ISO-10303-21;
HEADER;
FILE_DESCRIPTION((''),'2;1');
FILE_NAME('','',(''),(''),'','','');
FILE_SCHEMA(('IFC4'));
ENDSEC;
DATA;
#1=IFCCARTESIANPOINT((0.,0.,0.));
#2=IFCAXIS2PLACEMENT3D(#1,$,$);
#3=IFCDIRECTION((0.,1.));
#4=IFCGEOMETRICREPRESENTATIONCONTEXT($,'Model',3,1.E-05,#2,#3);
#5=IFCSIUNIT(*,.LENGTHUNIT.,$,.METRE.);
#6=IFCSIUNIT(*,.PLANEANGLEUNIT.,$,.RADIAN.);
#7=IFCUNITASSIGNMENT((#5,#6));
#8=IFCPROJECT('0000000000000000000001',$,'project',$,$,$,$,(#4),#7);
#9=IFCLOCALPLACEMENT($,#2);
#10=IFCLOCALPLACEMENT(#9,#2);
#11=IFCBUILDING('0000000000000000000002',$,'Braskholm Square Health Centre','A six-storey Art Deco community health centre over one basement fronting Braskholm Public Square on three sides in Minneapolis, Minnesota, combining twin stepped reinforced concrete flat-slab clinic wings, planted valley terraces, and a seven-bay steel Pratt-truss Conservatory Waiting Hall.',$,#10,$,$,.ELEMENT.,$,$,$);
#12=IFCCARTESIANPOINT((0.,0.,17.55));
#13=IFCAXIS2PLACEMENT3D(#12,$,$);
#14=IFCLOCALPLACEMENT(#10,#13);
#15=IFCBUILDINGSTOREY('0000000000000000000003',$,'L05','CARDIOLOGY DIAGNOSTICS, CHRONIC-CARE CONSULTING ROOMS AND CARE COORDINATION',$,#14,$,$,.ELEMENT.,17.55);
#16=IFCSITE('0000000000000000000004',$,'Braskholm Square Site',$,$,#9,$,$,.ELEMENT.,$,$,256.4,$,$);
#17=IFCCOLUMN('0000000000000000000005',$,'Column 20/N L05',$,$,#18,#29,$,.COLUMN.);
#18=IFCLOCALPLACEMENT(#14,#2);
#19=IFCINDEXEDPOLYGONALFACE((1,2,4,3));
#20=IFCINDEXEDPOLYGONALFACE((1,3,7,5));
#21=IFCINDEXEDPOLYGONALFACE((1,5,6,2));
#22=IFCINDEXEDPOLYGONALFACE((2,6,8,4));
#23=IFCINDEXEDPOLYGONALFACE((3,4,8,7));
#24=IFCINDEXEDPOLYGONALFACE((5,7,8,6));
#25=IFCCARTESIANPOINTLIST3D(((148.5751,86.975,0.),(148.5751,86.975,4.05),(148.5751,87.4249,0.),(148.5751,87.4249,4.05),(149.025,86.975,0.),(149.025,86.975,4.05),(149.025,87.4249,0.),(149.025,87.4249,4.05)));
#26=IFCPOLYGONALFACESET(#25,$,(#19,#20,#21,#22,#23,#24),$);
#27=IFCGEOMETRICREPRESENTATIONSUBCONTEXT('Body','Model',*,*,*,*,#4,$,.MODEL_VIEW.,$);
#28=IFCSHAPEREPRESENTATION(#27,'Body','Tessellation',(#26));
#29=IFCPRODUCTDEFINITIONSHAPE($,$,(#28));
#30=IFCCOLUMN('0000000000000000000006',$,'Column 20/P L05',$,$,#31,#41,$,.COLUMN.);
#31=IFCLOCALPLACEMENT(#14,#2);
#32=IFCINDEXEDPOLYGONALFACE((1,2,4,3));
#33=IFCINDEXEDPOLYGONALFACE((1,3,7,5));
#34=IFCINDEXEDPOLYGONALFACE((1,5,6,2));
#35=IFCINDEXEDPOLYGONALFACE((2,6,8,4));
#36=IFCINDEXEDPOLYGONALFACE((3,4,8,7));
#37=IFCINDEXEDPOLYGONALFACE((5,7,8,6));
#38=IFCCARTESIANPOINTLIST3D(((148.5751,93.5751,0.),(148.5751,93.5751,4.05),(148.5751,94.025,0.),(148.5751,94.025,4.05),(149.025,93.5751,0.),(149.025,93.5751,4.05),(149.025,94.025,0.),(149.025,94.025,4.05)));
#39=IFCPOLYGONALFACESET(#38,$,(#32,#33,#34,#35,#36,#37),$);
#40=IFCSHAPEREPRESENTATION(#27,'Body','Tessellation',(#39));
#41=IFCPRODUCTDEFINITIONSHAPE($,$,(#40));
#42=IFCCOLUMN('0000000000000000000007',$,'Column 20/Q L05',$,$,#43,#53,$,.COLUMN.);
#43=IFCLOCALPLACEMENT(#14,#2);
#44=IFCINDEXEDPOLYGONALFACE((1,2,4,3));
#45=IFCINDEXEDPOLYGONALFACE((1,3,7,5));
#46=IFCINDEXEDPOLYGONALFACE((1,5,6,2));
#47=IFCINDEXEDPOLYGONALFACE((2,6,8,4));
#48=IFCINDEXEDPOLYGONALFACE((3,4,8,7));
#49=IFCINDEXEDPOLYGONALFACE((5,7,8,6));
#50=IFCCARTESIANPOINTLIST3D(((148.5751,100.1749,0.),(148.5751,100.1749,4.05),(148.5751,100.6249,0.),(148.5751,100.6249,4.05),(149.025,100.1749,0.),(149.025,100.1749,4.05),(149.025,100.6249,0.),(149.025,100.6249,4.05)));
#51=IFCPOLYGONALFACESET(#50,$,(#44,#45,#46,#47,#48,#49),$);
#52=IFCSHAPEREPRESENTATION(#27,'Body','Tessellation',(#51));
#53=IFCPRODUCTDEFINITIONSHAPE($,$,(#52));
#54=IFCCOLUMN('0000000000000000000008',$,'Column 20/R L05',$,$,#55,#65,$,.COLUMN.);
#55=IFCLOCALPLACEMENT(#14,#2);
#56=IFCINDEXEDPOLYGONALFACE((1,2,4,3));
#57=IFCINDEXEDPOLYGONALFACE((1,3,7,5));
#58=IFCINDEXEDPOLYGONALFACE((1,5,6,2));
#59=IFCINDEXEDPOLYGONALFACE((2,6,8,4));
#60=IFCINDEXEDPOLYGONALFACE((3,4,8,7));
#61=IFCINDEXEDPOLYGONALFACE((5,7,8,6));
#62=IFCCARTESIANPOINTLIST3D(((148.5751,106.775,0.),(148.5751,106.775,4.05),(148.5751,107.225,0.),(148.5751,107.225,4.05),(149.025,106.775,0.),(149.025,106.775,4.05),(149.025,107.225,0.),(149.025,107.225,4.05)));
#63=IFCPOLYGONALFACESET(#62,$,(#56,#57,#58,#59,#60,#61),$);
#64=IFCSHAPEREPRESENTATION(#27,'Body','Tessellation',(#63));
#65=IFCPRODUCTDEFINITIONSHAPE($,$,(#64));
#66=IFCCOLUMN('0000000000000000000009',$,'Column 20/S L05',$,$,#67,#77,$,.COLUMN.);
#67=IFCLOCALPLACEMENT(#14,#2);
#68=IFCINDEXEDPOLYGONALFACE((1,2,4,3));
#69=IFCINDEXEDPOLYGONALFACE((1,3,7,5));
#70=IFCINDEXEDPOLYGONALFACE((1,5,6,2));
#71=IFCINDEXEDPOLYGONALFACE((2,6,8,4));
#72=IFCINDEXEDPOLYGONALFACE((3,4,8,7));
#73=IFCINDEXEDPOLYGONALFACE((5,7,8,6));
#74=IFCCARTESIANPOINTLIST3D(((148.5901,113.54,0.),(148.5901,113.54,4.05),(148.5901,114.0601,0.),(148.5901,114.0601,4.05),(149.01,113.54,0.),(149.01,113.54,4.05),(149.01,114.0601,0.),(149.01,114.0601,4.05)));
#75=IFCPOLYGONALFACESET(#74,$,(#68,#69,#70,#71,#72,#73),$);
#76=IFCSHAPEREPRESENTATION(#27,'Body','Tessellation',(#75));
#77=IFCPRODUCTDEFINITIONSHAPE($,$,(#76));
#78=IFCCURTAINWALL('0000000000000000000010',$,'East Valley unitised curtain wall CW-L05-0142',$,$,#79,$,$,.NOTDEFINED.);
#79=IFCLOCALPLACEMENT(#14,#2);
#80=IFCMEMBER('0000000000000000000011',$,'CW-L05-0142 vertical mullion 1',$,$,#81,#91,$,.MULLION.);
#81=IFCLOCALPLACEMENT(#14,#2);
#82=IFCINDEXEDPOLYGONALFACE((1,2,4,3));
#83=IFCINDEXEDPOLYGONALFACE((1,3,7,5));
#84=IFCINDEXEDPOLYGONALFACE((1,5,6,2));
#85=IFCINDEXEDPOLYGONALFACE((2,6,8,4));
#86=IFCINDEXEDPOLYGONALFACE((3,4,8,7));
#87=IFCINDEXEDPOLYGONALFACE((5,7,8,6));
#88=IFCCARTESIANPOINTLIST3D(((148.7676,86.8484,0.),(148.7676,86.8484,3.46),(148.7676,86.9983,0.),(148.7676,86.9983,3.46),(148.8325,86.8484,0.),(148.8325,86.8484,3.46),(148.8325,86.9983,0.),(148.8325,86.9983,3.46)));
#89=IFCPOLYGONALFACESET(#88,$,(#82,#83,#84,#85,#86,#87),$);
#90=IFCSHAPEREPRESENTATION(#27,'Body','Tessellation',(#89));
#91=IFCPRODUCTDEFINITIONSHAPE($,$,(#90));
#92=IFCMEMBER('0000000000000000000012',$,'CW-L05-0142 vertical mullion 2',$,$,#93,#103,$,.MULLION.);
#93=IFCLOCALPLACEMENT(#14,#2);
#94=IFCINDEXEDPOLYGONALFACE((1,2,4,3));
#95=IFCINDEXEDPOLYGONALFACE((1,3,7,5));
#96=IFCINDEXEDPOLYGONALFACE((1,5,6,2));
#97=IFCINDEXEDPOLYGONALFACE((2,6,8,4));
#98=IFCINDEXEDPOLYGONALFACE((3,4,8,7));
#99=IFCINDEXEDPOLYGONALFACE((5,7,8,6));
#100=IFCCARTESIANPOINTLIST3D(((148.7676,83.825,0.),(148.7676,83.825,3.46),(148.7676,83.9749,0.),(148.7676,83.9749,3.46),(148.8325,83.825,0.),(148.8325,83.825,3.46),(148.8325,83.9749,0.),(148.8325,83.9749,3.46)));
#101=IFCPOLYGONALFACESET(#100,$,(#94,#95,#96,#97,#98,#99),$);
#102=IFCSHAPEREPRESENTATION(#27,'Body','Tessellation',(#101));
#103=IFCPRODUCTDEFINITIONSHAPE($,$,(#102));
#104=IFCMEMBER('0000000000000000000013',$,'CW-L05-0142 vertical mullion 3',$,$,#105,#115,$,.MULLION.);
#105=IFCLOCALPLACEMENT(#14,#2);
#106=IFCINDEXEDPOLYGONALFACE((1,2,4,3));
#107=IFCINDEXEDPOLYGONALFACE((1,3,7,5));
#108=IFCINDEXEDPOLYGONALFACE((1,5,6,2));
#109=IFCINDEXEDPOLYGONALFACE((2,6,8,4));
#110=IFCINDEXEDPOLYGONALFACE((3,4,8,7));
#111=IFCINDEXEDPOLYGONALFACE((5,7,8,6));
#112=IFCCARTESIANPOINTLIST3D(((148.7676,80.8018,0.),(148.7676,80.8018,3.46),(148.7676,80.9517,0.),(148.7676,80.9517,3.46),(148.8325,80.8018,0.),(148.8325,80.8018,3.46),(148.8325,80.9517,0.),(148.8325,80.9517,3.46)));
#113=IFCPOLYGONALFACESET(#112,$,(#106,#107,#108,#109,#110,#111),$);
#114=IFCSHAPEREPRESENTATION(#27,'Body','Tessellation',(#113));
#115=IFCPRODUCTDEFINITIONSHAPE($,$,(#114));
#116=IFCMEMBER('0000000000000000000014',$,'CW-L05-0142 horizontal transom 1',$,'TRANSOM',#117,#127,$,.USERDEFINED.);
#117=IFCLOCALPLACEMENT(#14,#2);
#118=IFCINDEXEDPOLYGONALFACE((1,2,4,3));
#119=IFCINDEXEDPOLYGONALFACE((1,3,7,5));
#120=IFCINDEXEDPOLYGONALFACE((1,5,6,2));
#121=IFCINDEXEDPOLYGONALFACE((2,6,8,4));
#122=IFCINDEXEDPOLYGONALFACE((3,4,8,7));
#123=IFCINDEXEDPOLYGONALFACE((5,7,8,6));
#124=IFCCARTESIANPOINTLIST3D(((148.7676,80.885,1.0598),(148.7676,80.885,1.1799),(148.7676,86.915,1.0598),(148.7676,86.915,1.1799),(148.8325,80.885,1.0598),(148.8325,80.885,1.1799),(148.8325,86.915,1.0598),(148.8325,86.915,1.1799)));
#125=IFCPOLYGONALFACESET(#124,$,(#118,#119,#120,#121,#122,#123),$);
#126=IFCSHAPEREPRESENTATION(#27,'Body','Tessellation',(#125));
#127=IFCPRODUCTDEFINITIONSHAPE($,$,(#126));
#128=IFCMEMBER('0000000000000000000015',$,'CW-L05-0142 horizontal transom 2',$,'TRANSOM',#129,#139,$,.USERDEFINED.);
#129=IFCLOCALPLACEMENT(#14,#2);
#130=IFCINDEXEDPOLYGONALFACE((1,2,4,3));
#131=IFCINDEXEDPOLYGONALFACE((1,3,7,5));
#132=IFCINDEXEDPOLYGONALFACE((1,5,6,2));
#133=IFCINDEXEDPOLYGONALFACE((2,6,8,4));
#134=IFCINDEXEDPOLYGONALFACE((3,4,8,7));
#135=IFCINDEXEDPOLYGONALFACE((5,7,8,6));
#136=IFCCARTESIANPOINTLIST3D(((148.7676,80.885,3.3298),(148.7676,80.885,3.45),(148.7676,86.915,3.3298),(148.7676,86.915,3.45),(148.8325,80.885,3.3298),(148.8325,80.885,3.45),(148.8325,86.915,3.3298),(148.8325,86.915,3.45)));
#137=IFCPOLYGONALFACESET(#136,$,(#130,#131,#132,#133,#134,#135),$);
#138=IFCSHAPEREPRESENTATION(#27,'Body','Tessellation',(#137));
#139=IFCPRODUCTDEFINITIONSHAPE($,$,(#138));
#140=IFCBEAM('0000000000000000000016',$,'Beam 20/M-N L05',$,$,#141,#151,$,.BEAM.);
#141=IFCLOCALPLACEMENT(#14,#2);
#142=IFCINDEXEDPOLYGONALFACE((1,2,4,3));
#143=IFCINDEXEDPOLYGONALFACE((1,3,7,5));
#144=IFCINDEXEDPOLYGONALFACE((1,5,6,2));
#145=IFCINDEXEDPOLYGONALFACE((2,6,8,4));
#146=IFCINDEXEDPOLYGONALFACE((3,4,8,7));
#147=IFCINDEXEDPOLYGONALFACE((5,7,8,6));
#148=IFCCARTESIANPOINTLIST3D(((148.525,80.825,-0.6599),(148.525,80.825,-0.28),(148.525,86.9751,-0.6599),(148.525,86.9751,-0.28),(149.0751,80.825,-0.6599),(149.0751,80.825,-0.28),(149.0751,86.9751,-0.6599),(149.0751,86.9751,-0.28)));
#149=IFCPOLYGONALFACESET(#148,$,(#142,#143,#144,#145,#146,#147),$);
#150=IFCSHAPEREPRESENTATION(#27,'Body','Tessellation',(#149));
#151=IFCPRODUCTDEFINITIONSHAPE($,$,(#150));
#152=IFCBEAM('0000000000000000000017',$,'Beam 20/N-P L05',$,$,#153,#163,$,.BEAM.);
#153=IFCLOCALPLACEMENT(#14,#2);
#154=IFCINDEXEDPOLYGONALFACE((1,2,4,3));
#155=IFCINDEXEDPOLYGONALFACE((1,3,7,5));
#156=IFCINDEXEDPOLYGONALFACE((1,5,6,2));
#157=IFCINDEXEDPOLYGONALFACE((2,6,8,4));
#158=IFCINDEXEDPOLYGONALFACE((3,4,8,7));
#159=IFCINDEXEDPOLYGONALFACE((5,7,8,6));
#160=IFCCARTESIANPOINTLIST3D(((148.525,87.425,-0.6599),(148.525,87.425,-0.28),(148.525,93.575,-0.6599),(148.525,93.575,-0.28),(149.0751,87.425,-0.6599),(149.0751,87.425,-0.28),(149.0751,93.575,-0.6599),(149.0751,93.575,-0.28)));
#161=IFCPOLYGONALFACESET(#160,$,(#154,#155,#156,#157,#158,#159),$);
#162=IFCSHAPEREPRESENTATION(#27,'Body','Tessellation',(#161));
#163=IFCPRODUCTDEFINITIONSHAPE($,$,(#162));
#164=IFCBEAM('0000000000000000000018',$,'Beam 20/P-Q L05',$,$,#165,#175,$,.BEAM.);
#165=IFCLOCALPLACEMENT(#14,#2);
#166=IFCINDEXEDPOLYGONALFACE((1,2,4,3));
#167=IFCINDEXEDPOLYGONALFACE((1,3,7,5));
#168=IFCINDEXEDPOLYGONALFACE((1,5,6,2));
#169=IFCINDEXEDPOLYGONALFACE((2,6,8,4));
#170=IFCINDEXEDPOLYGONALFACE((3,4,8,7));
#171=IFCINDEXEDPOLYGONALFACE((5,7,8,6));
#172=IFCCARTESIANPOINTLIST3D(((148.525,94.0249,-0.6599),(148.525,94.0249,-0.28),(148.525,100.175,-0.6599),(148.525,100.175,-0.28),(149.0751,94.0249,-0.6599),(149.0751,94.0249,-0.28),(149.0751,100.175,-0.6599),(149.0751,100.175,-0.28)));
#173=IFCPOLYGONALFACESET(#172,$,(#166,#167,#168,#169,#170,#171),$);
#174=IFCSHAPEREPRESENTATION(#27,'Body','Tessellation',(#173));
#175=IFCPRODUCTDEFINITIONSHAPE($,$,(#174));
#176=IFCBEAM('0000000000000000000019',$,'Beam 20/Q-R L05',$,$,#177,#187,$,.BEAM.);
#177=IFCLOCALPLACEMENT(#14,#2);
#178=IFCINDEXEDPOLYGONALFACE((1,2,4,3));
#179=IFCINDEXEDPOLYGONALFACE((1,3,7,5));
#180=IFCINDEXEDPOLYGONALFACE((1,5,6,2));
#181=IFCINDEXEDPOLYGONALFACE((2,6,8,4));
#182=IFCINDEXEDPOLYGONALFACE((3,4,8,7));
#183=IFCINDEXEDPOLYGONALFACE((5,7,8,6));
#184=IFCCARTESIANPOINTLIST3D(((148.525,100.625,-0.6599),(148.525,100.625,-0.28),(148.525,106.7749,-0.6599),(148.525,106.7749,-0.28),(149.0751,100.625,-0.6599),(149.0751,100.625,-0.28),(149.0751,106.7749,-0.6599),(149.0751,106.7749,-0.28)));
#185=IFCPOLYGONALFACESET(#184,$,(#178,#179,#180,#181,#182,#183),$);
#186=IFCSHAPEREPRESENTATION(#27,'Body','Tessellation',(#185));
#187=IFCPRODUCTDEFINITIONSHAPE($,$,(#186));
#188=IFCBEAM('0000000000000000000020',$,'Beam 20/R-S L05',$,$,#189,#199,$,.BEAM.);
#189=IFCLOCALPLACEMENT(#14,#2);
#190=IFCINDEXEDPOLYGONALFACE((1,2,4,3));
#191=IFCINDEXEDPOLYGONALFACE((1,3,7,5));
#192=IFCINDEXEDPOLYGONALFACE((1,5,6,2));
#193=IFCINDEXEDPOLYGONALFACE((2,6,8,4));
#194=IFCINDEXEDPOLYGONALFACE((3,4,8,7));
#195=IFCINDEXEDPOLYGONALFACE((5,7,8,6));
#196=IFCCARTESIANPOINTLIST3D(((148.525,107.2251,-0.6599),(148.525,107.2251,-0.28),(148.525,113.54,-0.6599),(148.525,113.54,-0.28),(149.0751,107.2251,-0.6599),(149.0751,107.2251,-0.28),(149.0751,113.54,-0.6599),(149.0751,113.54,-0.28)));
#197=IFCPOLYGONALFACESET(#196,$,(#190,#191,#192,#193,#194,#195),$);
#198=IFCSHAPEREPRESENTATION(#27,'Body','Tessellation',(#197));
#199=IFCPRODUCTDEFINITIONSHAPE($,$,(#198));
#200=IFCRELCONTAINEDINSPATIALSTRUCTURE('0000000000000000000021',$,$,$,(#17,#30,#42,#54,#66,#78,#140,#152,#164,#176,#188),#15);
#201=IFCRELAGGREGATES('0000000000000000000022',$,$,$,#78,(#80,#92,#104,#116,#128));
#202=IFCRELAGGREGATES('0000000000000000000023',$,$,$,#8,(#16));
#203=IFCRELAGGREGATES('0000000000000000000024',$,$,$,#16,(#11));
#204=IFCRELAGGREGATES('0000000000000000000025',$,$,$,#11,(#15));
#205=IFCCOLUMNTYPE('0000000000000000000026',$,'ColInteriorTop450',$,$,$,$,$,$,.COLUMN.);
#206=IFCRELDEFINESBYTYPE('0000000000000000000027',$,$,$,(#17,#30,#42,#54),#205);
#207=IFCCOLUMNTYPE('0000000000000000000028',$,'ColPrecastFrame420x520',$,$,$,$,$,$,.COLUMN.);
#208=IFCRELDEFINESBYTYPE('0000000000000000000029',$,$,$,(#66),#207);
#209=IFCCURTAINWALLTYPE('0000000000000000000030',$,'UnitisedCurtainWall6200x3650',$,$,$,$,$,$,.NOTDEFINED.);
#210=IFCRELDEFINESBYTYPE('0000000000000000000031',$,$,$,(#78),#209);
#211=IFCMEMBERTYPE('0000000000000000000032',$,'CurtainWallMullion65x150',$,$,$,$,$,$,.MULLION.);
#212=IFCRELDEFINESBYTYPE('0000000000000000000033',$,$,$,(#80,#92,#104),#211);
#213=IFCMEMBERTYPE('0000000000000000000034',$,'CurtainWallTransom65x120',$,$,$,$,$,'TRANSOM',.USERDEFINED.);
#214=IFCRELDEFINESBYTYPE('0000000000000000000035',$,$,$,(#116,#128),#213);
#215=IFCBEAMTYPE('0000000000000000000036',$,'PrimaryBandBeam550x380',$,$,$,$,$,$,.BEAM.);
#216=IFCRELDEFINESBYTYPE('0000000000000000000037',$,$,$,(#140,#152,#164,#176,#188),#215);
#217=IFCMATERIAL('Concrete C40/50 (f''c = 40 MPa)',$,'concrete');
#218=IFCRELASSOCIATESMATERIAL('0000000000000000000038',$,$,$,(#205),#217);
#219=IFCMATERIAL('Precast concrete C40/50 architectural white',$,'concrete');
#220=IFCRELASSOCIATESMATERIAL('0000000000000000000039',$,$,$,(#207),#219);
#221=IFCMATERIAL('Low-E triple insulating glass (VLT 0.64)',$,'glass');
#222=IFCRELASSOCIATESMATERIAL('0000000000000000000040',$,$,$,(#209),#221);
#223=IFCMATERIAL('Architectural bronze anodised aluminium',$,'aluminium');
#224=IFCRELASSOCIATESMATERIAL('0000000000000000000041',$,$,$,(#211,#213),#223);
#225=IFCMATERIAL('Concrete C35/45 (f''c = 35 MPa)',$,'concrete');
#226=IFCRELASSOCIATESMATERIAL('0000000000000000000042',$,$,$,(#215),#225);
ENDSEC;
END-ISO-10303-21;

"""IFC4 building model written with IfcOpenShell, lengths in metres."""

from ifc_helpers import new_model, si_unit, direction, frame, origin, origin_2d, place, context, subcontext, project, spatial, rectangle, extrude, material, material_profile, profile_set, type_object, element, aggregate, save


model = new_model("IFC4")

# Units and contexts
model_context = context("Model", 3, precision=1e-05, world=origin(), true_north=direction((0.0, 1.0)))
body_context = subcontext(model_context, "Body", "Model", "MODEL_VIEW")
ifc_project = project(units=[si_unit("LENGTHUNIT", "METRE"), si_unit("PLANEANGLEUNIT", "RADIAN")], contexts=[model_context])

# Site, building, storey
site_placement = place(None, origin())
site = spatial("IfcSite", under=ifc_project, at=site_placement, Name="Braskholm Square Site", CompositionType="ELEMENT", RefElevation=256.4)
building_placement = place(site_placement, origin())
building = spatial("IfcBuilding", under=site, at=building_placement, Name="Braskholm Square Health Centre", Description="A six-storey Art Deco community health centre over one basement fronting Braskholm Public Square on three sides in Minneapolis, Minnesota, combining twin stepped reinforced concrete flat-slab clinic wings, planted valley terraces, and a seven-bay steel Pratt-truss Conservatory Waiting Hall.", CompositionType="ELEMENT")
storey_placement = place(building_placement, frame((0.0, 0.0, 17.55)))
storey = spatial("IfcBuildingStorey", under=building, at=storey_placement, Name="L05", Description="CARDIOLOGY DIAGNOSTICS, CHRONIC-CARE CONSULTING ROOMS AND CARE COORDINATION", CompositionType="ELEMENT", Elevation=17.55)

# Columns
ifc_material_1 = material(Name="Concrete C40/50 (f'c = 40 MPa)", Category="concrete")
ifc_material_profile_1 = material_profile(ifc_material_1, rectangle(XDim=0.45, YDim=0.45, at=origin_2d()), Name="RC-450X450")
ifc_profile_set_1 = profile_set([ifc_material_profile_1], Name="Concrete C40/50 (f'c = 40 MPa)")
column_type_1 = type_object("IfcColumnType", Name="ColInteriorTop450", PredefinedType="COLUMN", material=ifc_profile_set_1)
for number, where, z_axis, x_axis, name in (
    (1, (148.8, 87.2, 0.0), (0.0, 0.0, 1.0), (1.0, 0.0, 0.0), "Column 20/N L05"),
    (2, (148.8, 93.8, 0.0), (0.0, 0.0, 1.0), (1.0, 0.0, 0.0), "Column 20/P L05"),
    (3, (148.8, 100.3999, 0.0), (0.0, 0.0, 1.0), (1.0, 0.0, 0.0), "Column 20/Q L05"),
    (4, (148.8, 107.0, 0.0), (0.0, 0.0, 1.0), (1.0, 0.0, 0.0), "Column 20/R L05"),
):
    element("IfcColumn", number, at=place(storey_placement, frame(where, z_axis=z_axis, x_axis=x_axis)), inside=storey, type_object=column_type_1, Name=name, PredefinedType="COLUMN", context=body_context, shape_type="SweptSolid", body=[
        extrude(rectangle(XDim=0.45, YDim=0.45, at=origin_2d()), origin(), (0.0, 0.0, 1.0), 4.05),
    ])
ifc_material_2 = material(Name="Precast concrete C40/50 architectural white", Category="concrete")
ifc_material_profile_2 = material_profile(ifc_material_2, rectangle(XDim=0.4199, YDim=0.52, at=origin_2d()), Name="RC-420X520")
ifc_profile_set_2 = profile_set([ifc_material_profile_2], Name="Precast concrete C40/50 architectural white")
column_type_2 = type_object("IfcColumnType", Name="ColPrecastFrame420x520", PredefinedType="COLUMN", material=ifc_profile_set_2)
column_placement = place(storey_placement, frame((148.8, 113.8, 0.0), z_axis=(0.0, 0.0, 1.0), x_axis=(1.0, 0.0, 0.0)))
element("IfcColumn", 5, at=column_placement, inside=storey, type_object=column_type_2, Name="Column 20/S L05", PredefinedType="COLUMN", context=body_context, shape_type="SweptSolid", body=[
    extrude(rectangle(XDim=0.4199, YDim=0.52, at=origin_2d()), origin(), (0.0, 0.0, 1.0), 4.05),
])

# Curtain wall, members
ifc_material_3 = material(Name="Low-E triple insulating glass (VLT 0.64)", Category="glass")
curtain_wall_type = type_object("IfcCurtainWallType", Name="UnitisedCurtainWall6200x3650", PredefinedType="NOTDEFINED", material=ifc_material_3)
curtain_wall_placement = place(storey_placement, origin())
curtain_wall = element("IfcCurtainWall", 6, at=curtain_wall_placement, inside=storey, type_object=curtain_wall_type, Name="East Valley unitised curtain wall CW-L05-0142", PredefinedType="NOTDEFINED")
ifc_material_4 = material(Name="Architectural bronze anodised aluminium", Category="aluminium")
ifc_material_profile_3 = material_profile(ifc_material_4, rectangle(XDim=0.0649, YDim=0.1499, at=origin_2d()), Name="ALU-65X150")
ifc_profile_set_3 = profile_set([ifc_material_profile_3], Name="Architectural bronze anodised aluminium")
member_type_1 = type_object("IfcMemberType", Name="CurtainWallMullion65x150", PredefinedType="MULLION", material=ifc_profile_set_3)
member_1_placement = place(storey_placement, frame((148.8, 86.9233, 0.0), z_axis=(0.0, 0.0, 1.0), x_axis=(1.0, 0.0, 0.0)))
member_1 = element("IfcMember", 7, at=member_1_placement, type_object=member_type_1, Name="CW-L05-0142 vertical mullion 1", PredefinedType="MULLION", context=body_context, shape_type="SweptSolid", body=[
    extrude(rectangle(XDim=0.0649, YDim=0.1499, at=origin_2d()), origin(), (0.0, 0.0, 1.0), 3.46),
])
member_2_placement = place(storey_placement, frame((148.8, 83.8999, 0.0), z_axis=(0.0, 0.0, 1.0), x_axis=(1.0, 0.0, 0.0)))
member_2 = element("IfcMember", 8, at=member_2_placement, type_object=member_type_1, Name="CW-L05-0142 vertical mullion 2", PredefinedType="MULLION", context=body_context, shape_type="SweptSolid", body=[
    extrude(rectangle(XDim=0.0649, YDim=0.1499, at=origin_2d()), origin(), (0.0, 0.0, 1.0), 3.46),
])
member_3_placement = place(storey_placement, frame((148.8, 80.8767, 0.0), z_axis=(0.0, 0.0, 1.0), x_axis=(1.0, 0.0, 0.0)))
member_3 = element("IfcMember", 9, at=member_3_placement, type_object=member_type_1, Name="CW-L05-0142 vertical mullion 3", PredefinedType="MULLION", context=body_context, shape_type="SweptSolid", body=[
    extrude(rectangle(XDim=0.0649, YDim=0.1499, at=origin_2d()), origin(), (0.0, 0.0, 1.0), 3.46),
])
ifc_material_profile_4 = material_profile(ifc_material_4, rectangle(XDim=0.0649, YDim=0.1201, at=origin_2d()), Name="ALU-65X120")
ifc_profile_set_4 = profile_set([ifc_material_profile_4], Name="Architectural bronze anodised aluminium")
member_type_2 = type_object("IfcMemberType", Name="CurtainWallTransom65x120", ElementType="TRANSOM", PredefinedType="USERDEFINED", material=ifc_profile_set_4)
member_4_placement = place(storey_placement, frame((148.8, 86.915, 1.1199), z_axis=(0.0, -1.0, 0.0), x_axis=(1.0, 0.0, 0.0)))
member_4 = element("IfcMember", 10, at=member_4_placement, type_object=member_type_2, Name="CW-L05-0142 horizontal transom 1", ObjectType="TRANSOM", PredefinedType="USERDEFINED", context=body_context, shape_type="SweptSolid", body=[
    extrude(rectangle(XDim=0.0649, YDim=0.1201, at=origin_2d()), origin(), (0.0, 0.0, 1.0), 6.03),
])
member_5_placement = place(storey_placement, frame((148.8, 86.915, 3.3899), z_axis=(0.0, -1.0, 0.0), x_axis=(1.0, 0.0, 0.0)))
member_5 = element("IfcMember", 11, at=member_5_placement, type_object=member_type_2, Name="CW-L05-0142 horizontal transom 2", ObjectType="TRANSOM", PredefinedType="USERDEFINED", context=body_context, shape_type="SweptSolid", body=[
    extrude(rectangle(XDim=0.0649, YDim=0.1201, at=origin_2d()), origin(), (0.0, 0.0, 1.0), 6.03),
])

# Beams
ifc_material_5 = material(Name="Concrete C35/45 (f'c = 35 MPa)", Category="concrete")
ifc_material_profile_5 = material_profile(ifc_material_5, rectangle(XDim=0.55, YDim=0.3799, at=origin_2d()), Name="RCB-550X380")
ifc_profile_set_5 = profile_set([ifc_material_profile_5], Name="Concrete C35/45 (f'c = 35 MPa)")
beam_type = type_object("IfcBeamType", Name="PrimaryBandBeam550x380", PredefinedType="BEAM", material=ifc_profile_set_5)
beam_1_placement = place(storey_placement, frame((148.8, 80.825, -0.47), z_axis=(0.0, 1.0, 0.0), x_axis=(-1.0, 0.0, 0.0)))
element("IfcBeam", 12, at=beam_1_placement, inside=storey, type_object=beam_type, Name="Beam 20/M-N L05", PredefinedType="BEAM", context=body_context, shape_type="SweptSolid", body=[
    extrude(rectangle(XDim=0.55, YDim=0.3799, at=origin_2d()), origin(), (0.0, 0.0, 1.0), 6.1501),
])
beam_2_placement = place(storey_placement, frame((148.8, 87.425, -0.47), z_axis=(0.0, 1.0, 0.0), x_axis=(-1.0, 0.0, 0.0)))
element("IfcBeam", 13, at=beam_2_placement, inside=storey, type_object=beam_type, Name="Beam 20/N-P L05", PredefinedType="BEAM", context=body_context, shape_type="SweptSolid", body=[
    extrude(rectangle(XDim=0.55, YDim=0.3799, at=origin_2d()), origin(), (0.0, 0.0, 1.0), 6.1499),
])
beam_3_placement = place(storey_placement, frame((148.8, 94.0249, -0.47), z_axis=(0.0, 1.0, 0.0), x_axis=(-1.0, 0.0, 0.0)))
element("IfcBeam", 14, at=beam_3_placement, inside=storey, type_object=beam_type, Name="Beam 20/P-Q L05", PredefinedType="BEAM", context=body_context, shape_type="SweptSolid", body=[
    extrude(rectangle(XDim=0.55, YDim=0.3799, at=origin_2d()), origin(), (0.0, 0.0, 1.0), 6.1501),
])
beam_4_placement = place(storey_placement, frame((148.8, 100.625, -0.47), z_axis=(0.0, 1.0, 0.0), x_axis=(-1.0, 0.0, 0.0)))
element("IfcBeam", 15, at=beam_4_placement, inside=storey, type_object=beam_type, Name="Beam 20/Q-R L05", PredefinedType="BEAM", context=body_context, shape_type="SweptSolid", body=[
    extrude(rectangle(XDim=0.55, YDim=0.3799, at=origin_2d()), origin(), (0.0, 0.0, 1.0), 6.1499),
])
beam_5_placement = place(storey_placement, frame((148.8, 107.2251, -0.47), z_axis=(0.0, 1.0, 0.0), x_axis=(-1.0, 0.0, 0.0)))
element("IfcBeam", 16, at=beam_5_placement, inside=storey, type_object=beam_type, Name="Beam 20/R-S L05", PredefinedType="BEAM", context=body_context, shape_type="SweptSolid", body=[
    extrude(rectangle(XDim=0.55, YDim=0.3799, at=origin_2d()), origin(), (0.0, 0.0, 1.0), 6.3149),
])

aggregate(curtain_wall, [member_1, member_2, member_3, member_4, member_5])

save(model, "model.ifc")
